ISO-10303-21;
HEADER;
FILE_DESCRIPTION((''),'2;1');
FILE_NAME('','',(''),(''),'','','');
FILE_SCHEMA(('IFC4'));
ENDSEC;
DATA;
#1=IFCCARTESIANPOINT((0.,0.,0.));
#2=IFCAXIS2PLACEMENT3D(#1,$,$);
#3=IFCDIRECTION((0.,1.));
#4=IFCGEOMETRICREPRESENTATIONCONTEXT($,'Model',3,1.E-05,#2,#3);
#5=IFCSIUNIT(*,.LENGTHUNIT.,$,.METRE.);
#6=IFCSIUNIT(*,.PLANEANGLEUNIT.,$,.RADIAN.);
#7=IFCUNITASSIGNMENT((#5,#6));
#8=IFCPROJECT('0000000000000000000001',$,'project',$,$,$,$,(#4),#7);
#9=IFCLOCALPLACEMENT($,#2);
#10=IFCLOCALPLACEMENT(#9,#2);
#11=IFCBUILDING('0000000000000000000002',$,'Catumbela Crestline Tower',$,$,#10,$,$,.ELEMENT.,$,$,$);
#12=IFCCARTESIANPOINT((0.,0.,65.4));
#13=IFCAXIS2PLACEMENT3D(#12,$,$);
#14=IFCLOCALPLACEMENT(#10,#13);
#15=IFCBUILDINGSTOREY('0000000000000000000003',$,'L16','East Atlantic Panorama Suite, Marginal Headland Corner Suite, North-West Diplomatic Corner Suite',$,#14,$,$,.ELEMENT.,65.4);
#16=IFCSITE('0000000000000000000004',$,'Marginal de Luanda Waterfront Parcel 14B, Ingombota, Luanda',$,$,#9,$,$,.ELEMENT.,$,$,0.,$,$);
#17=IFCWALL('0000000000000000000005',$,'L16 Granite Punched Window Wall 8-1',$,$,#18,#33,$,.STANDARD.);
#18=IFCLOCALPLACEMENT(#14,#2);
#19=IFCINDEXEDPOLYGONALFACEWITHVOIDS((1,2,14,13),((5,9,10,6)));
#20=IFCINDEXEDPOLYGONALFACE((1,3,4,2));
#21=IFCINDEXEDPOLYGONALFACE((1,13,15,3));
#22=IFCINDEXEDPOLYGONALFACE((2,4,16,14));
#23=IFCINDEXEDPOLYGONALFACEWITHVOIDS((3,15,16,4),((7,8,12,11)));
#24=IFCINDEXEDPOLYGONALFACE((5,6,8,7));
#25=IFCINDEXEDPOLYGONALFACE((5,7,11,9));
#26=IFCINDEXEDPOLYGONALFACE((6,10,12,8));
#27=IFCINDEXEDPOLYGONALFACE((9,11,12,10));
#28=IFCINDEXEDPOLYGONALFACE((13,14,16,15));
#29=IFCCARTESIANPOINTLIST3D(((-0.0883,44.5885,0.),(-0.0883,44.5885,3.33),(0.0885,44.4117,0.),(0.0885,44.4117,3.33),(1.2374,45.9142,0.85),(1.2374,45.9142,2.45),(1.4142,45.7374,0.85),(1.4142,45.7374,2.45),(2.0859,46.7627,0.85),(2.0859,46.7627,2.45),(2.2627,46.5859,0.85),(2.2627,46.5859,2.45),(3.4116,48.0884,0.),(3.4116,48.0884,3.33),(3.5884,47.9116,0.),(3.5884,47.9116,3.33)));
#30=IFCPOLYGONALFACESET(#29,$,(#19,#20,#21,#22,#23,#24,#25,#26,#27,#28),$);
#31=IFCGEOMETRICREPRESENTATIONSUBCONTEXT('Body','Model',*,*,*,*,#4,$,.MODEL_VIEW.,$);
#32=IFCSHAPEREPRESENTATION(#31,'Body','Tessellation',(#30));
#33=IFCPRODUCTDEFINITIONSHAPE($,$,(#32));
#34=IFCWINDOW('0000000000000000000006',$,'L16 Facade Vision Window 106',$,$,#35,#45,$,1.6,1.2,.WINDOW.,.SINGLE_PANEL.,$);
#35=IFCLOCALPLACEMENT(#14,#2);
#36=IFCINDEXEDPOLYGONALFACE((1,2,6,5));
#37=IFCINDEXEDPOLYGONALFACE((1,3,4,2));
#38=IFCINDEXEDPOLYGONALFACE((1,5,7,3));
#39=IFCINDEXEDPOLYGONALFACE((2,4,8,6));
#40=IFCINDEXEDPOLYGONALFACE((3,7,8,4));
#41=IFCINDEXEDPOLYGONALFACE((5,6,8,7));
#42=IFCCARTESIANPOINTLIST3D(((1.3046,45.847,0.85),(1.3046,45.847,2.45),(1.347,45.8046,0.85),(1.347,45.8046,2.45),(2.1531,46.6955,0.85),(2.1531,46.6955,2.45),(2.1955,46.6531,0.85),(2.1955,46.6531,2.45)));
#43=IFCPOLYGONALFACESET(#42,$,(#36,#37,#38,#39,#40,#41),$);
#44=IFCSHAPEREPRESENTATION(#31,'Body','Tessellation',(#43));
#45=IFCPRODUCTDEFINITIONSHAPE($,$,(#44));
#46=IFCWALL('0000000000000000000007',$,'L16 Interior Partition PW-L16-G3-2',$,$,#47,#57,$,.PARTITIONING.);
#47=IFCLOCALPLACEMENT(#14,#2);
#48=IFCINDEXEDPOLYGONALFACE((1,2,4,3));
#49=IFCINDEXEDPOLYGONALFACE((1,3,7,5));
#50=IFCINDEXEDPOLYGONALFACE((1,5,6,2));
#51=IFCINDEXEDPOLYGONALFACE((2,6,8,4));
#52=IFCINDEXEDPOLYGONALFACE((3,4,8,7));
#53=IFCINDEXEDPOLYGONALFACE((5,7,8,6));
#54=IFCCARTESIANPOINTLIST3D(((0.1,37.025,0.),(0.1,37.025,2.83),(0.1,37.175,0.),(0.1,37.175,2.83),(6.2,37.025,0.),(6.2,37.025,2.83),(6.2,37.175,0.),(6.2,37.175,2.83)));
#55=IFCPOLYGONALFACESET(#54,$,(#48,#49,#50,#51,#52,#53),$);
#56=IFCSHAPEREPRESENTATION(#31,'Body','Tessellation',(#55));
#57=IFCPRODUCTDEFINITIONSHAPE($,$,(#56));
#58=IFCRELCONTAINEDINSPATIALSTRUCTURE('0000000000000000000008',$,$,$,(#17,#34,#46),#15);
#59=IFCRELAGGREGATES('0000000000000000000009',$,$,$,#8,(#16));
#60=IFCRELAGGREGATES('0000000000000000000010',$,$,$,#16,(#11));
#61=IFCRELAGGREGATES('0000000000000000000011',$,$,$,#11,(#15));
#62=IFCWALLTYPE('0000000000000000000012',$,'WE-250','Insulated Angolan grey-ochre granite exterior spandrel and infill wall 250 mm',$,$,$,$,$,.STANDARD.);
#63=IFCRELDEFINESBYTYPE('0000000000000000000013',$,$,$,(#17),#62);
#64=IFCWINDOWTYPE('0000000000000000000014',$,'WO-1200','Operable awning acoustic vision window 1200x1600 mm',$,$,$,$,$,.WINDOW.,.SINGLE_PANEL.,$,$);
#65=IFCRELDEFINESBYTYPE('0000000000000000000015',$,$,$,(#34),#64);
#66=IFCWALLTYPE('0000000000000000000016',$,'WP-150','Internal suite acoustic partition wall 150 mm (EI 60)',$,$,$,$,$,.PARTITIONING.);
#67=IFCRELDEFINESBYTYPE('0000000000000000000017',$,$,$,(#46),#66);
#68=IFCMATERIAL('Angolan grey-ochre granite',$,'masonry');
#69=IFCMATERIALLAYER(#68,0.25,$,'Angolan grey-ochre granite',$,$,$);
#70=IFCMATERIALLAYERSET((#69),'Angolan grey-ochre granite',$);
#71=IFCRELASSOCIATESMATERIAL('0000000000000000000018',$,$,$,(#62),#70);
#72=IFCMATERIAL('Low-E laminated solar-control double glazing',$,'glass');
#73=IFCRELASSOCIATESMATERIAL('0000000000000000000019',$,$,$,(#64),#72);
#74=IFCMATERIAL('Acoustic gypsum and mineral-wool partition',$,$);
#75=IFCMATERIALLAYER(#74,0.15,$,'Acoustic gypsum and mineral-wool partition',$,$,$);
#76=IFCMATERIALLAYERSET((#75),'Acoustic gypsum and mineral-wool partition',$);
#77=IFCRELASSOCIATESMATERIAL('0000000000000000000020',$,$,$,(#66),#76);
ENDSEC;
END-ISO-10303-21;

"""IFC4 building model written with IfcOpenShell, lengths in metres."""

from ifc_helpers import new_model, si_unit, direction, frame, frame_2d, origin, place, context, subcontext, project, spatial, rectangle, extrude, material, layer, layer_set, type_object, element, fill, save


model = new_model("IFC4")

# Units and contexts
model_context = context("Model", 3, precision=1e-05, world=origin(), true_north=direction((0.0, 1.0)))
body_context = subcontext(model_context, "Body", "Model", "MODEL_VIEW")
ifc_project = project(units=[si_unit("LENGTHUNIT", "METRE"), si_unit("PLANEANGLEUNIT", "RADIAN")], contexts=[model_context])

# Site, building, storey
site_placement = place(None, origin())
site = spatial("IfcSite", under=ifc_project, at=site_placement, Name="Marginal de Luanda Waterfront Parcel 14B, Ingombota, Luanda", CompositionType="ELEMENT", RefElevation=0.0)
building_placement = place(site_placement, origin())
building = spatial("IfcBuilding", under=site, at=building_placement, Name="Catumbela Crestline Tower", CompositionType="ELEMENT")
storey_placement = place(building_placement, frame((0.0, 0.0, 65.4)))
storey = spatial("IfcBuildingStorey", under=building, at=storey_placement, Name="L16", Description="East Atlantic Panorama Suite, Marginal Headland Corner Suite, North-West Diplomatic Corner Suite", CompositionType="ELEMENT", Elevation=65.4)

# Shared definitions
ifc_material_1 = material(Name="Low-E laminated solar-control double glazing", Category="glass")

# Shared definitions
ifc_material_2 = material(Name="Acoustic gypsum and mineral-wool partition")

# Wall, opening, window
ifc_material_3 = material(Name="Angolan grey-ochre granite", Category="masonry")
ifc_layer_1 = layer(ifc_material_3, 0.25, Name="Angolan grey-ochre granite")
ifc_layer_set_1 = layer_set([ifc_layer_1], Name="Angolan grey-ochre granite")
wall_type_1 = type_object("IfcWallType", Name="WE-250", Description="Insulated Angolan grey-ochre granite exterior spandrel and infill wall 250 mm", PredefinedType="STANDARD", material=ifc_layer_set_1)
wall_1_placement = place(storey_placement, frame((3.5, 48.0, 0.0), z_axis=(0.0, 0.0, 1.0), x_axis=(-0.707107, -0.707107, 0.0)))
wall_1 = element("IfcWall", 1, at=wall_1_placement, inside=storey, type_object=wall_type_1, Name="L16 Granite Punched Window Wall 8-1", PredefinedType="STANDARD", context=body_context, shape_type="SweptSolid", body=[
    extrude(rectangle(XDim=4.9497, YDim=0.25, at=frame_2d((2.4748, 0.0))), origin(), (0.0, 0.0, 1.0), 3.33),
])
opening_1_placement = place(wall_1_placement, frame((1.8748, 0.0, 0.85)))
opening_1 = element("IfcOpeningElement", 2, at=opening_1_placement, cuts=wall_1, PredefinedType="OPENING", context=body_context, shape_type="SweptSolid", body=[
    extrude(rectangle(XDim=1.2, YDim=1.6, at=frame_2d((0.6, 0.8))), frame((0.0, 0.135, 0.0), z_axis=(0.0, -1.0, 0.0), x_axis=(1.0, 0.0, 0.0)), (0.0, 0.0, 1.0), 0.27),
])
window_type = type_object("IfcWindowType", Name="WO-1200", Description="Operable awning acoustic vision window 1200x1600 mm", PartitioningType="SINGLE_PANEL", PredefinedType="WINDOW", material=ifc_material_1)
window_placement = place(opening_1_placement, origin())
window = element("IfcWindow", 3, at=window_placement, inside=storey, type_object=window_type, Name="L16 Facade Vision Window 106", OverallHeight=1.6, OverallWidth=1.2, PartitioningType="SINGLE_PANEL", PredefinedType="WINDOW", context=body_context, shape_type="SweptSolid", body=[
    extrude(rectangle(XDim=1.2, YDim=1.6, at=frame_2d((0.6, 0.8))), frame((0.0, 0.03, 0.0), z_axis=(0.0, -1.0, 0.0), x_axis=(1.0, 0.0, 0.0)), (0.0, 0.0, 1.0), 0.06),
])
fill(opening_1, window)

# Wall
ifc_layer_2 = layer(ifc_material_2, 0.15, Name="Acoustic gypsum and mineral-wool partition")
ifc_layer_set_2 = layer_set([ifc_layer_2], Name="Acoustic gypsum and mineral-wool partition")
wall_type_2 = type_object("IfcWallType", Name="WP-150", Description="Internal suite acoustic partition wall 150 mm (EI 60)", PredefinedType="PARTITIONING", material=ifc_layer_set_2)
wall_2_placement = place(storey_placement, frame((0.1, 37.1, 0.0), z_axis=(0.0, 0.0, 1.0), x_axis=(1.0, 0.0, 0.0)))
element("IfcWall", 4, at=wall_2_placement, inside=storey, type_object=wall_type_2, Name="L16 Interior Partition PW-L16-G3-2", PredefinedType="PARTITIONING", context=body_context, shape_type="SweptSolid", body=[
    extrude(rectangle(XDim=6.1, YDim=0.15, at=frame_2d((3.05, 0.0))), origin(), (0.0, 0.0, 1.0), 2.83),
])

save(model, "model.ifc")
